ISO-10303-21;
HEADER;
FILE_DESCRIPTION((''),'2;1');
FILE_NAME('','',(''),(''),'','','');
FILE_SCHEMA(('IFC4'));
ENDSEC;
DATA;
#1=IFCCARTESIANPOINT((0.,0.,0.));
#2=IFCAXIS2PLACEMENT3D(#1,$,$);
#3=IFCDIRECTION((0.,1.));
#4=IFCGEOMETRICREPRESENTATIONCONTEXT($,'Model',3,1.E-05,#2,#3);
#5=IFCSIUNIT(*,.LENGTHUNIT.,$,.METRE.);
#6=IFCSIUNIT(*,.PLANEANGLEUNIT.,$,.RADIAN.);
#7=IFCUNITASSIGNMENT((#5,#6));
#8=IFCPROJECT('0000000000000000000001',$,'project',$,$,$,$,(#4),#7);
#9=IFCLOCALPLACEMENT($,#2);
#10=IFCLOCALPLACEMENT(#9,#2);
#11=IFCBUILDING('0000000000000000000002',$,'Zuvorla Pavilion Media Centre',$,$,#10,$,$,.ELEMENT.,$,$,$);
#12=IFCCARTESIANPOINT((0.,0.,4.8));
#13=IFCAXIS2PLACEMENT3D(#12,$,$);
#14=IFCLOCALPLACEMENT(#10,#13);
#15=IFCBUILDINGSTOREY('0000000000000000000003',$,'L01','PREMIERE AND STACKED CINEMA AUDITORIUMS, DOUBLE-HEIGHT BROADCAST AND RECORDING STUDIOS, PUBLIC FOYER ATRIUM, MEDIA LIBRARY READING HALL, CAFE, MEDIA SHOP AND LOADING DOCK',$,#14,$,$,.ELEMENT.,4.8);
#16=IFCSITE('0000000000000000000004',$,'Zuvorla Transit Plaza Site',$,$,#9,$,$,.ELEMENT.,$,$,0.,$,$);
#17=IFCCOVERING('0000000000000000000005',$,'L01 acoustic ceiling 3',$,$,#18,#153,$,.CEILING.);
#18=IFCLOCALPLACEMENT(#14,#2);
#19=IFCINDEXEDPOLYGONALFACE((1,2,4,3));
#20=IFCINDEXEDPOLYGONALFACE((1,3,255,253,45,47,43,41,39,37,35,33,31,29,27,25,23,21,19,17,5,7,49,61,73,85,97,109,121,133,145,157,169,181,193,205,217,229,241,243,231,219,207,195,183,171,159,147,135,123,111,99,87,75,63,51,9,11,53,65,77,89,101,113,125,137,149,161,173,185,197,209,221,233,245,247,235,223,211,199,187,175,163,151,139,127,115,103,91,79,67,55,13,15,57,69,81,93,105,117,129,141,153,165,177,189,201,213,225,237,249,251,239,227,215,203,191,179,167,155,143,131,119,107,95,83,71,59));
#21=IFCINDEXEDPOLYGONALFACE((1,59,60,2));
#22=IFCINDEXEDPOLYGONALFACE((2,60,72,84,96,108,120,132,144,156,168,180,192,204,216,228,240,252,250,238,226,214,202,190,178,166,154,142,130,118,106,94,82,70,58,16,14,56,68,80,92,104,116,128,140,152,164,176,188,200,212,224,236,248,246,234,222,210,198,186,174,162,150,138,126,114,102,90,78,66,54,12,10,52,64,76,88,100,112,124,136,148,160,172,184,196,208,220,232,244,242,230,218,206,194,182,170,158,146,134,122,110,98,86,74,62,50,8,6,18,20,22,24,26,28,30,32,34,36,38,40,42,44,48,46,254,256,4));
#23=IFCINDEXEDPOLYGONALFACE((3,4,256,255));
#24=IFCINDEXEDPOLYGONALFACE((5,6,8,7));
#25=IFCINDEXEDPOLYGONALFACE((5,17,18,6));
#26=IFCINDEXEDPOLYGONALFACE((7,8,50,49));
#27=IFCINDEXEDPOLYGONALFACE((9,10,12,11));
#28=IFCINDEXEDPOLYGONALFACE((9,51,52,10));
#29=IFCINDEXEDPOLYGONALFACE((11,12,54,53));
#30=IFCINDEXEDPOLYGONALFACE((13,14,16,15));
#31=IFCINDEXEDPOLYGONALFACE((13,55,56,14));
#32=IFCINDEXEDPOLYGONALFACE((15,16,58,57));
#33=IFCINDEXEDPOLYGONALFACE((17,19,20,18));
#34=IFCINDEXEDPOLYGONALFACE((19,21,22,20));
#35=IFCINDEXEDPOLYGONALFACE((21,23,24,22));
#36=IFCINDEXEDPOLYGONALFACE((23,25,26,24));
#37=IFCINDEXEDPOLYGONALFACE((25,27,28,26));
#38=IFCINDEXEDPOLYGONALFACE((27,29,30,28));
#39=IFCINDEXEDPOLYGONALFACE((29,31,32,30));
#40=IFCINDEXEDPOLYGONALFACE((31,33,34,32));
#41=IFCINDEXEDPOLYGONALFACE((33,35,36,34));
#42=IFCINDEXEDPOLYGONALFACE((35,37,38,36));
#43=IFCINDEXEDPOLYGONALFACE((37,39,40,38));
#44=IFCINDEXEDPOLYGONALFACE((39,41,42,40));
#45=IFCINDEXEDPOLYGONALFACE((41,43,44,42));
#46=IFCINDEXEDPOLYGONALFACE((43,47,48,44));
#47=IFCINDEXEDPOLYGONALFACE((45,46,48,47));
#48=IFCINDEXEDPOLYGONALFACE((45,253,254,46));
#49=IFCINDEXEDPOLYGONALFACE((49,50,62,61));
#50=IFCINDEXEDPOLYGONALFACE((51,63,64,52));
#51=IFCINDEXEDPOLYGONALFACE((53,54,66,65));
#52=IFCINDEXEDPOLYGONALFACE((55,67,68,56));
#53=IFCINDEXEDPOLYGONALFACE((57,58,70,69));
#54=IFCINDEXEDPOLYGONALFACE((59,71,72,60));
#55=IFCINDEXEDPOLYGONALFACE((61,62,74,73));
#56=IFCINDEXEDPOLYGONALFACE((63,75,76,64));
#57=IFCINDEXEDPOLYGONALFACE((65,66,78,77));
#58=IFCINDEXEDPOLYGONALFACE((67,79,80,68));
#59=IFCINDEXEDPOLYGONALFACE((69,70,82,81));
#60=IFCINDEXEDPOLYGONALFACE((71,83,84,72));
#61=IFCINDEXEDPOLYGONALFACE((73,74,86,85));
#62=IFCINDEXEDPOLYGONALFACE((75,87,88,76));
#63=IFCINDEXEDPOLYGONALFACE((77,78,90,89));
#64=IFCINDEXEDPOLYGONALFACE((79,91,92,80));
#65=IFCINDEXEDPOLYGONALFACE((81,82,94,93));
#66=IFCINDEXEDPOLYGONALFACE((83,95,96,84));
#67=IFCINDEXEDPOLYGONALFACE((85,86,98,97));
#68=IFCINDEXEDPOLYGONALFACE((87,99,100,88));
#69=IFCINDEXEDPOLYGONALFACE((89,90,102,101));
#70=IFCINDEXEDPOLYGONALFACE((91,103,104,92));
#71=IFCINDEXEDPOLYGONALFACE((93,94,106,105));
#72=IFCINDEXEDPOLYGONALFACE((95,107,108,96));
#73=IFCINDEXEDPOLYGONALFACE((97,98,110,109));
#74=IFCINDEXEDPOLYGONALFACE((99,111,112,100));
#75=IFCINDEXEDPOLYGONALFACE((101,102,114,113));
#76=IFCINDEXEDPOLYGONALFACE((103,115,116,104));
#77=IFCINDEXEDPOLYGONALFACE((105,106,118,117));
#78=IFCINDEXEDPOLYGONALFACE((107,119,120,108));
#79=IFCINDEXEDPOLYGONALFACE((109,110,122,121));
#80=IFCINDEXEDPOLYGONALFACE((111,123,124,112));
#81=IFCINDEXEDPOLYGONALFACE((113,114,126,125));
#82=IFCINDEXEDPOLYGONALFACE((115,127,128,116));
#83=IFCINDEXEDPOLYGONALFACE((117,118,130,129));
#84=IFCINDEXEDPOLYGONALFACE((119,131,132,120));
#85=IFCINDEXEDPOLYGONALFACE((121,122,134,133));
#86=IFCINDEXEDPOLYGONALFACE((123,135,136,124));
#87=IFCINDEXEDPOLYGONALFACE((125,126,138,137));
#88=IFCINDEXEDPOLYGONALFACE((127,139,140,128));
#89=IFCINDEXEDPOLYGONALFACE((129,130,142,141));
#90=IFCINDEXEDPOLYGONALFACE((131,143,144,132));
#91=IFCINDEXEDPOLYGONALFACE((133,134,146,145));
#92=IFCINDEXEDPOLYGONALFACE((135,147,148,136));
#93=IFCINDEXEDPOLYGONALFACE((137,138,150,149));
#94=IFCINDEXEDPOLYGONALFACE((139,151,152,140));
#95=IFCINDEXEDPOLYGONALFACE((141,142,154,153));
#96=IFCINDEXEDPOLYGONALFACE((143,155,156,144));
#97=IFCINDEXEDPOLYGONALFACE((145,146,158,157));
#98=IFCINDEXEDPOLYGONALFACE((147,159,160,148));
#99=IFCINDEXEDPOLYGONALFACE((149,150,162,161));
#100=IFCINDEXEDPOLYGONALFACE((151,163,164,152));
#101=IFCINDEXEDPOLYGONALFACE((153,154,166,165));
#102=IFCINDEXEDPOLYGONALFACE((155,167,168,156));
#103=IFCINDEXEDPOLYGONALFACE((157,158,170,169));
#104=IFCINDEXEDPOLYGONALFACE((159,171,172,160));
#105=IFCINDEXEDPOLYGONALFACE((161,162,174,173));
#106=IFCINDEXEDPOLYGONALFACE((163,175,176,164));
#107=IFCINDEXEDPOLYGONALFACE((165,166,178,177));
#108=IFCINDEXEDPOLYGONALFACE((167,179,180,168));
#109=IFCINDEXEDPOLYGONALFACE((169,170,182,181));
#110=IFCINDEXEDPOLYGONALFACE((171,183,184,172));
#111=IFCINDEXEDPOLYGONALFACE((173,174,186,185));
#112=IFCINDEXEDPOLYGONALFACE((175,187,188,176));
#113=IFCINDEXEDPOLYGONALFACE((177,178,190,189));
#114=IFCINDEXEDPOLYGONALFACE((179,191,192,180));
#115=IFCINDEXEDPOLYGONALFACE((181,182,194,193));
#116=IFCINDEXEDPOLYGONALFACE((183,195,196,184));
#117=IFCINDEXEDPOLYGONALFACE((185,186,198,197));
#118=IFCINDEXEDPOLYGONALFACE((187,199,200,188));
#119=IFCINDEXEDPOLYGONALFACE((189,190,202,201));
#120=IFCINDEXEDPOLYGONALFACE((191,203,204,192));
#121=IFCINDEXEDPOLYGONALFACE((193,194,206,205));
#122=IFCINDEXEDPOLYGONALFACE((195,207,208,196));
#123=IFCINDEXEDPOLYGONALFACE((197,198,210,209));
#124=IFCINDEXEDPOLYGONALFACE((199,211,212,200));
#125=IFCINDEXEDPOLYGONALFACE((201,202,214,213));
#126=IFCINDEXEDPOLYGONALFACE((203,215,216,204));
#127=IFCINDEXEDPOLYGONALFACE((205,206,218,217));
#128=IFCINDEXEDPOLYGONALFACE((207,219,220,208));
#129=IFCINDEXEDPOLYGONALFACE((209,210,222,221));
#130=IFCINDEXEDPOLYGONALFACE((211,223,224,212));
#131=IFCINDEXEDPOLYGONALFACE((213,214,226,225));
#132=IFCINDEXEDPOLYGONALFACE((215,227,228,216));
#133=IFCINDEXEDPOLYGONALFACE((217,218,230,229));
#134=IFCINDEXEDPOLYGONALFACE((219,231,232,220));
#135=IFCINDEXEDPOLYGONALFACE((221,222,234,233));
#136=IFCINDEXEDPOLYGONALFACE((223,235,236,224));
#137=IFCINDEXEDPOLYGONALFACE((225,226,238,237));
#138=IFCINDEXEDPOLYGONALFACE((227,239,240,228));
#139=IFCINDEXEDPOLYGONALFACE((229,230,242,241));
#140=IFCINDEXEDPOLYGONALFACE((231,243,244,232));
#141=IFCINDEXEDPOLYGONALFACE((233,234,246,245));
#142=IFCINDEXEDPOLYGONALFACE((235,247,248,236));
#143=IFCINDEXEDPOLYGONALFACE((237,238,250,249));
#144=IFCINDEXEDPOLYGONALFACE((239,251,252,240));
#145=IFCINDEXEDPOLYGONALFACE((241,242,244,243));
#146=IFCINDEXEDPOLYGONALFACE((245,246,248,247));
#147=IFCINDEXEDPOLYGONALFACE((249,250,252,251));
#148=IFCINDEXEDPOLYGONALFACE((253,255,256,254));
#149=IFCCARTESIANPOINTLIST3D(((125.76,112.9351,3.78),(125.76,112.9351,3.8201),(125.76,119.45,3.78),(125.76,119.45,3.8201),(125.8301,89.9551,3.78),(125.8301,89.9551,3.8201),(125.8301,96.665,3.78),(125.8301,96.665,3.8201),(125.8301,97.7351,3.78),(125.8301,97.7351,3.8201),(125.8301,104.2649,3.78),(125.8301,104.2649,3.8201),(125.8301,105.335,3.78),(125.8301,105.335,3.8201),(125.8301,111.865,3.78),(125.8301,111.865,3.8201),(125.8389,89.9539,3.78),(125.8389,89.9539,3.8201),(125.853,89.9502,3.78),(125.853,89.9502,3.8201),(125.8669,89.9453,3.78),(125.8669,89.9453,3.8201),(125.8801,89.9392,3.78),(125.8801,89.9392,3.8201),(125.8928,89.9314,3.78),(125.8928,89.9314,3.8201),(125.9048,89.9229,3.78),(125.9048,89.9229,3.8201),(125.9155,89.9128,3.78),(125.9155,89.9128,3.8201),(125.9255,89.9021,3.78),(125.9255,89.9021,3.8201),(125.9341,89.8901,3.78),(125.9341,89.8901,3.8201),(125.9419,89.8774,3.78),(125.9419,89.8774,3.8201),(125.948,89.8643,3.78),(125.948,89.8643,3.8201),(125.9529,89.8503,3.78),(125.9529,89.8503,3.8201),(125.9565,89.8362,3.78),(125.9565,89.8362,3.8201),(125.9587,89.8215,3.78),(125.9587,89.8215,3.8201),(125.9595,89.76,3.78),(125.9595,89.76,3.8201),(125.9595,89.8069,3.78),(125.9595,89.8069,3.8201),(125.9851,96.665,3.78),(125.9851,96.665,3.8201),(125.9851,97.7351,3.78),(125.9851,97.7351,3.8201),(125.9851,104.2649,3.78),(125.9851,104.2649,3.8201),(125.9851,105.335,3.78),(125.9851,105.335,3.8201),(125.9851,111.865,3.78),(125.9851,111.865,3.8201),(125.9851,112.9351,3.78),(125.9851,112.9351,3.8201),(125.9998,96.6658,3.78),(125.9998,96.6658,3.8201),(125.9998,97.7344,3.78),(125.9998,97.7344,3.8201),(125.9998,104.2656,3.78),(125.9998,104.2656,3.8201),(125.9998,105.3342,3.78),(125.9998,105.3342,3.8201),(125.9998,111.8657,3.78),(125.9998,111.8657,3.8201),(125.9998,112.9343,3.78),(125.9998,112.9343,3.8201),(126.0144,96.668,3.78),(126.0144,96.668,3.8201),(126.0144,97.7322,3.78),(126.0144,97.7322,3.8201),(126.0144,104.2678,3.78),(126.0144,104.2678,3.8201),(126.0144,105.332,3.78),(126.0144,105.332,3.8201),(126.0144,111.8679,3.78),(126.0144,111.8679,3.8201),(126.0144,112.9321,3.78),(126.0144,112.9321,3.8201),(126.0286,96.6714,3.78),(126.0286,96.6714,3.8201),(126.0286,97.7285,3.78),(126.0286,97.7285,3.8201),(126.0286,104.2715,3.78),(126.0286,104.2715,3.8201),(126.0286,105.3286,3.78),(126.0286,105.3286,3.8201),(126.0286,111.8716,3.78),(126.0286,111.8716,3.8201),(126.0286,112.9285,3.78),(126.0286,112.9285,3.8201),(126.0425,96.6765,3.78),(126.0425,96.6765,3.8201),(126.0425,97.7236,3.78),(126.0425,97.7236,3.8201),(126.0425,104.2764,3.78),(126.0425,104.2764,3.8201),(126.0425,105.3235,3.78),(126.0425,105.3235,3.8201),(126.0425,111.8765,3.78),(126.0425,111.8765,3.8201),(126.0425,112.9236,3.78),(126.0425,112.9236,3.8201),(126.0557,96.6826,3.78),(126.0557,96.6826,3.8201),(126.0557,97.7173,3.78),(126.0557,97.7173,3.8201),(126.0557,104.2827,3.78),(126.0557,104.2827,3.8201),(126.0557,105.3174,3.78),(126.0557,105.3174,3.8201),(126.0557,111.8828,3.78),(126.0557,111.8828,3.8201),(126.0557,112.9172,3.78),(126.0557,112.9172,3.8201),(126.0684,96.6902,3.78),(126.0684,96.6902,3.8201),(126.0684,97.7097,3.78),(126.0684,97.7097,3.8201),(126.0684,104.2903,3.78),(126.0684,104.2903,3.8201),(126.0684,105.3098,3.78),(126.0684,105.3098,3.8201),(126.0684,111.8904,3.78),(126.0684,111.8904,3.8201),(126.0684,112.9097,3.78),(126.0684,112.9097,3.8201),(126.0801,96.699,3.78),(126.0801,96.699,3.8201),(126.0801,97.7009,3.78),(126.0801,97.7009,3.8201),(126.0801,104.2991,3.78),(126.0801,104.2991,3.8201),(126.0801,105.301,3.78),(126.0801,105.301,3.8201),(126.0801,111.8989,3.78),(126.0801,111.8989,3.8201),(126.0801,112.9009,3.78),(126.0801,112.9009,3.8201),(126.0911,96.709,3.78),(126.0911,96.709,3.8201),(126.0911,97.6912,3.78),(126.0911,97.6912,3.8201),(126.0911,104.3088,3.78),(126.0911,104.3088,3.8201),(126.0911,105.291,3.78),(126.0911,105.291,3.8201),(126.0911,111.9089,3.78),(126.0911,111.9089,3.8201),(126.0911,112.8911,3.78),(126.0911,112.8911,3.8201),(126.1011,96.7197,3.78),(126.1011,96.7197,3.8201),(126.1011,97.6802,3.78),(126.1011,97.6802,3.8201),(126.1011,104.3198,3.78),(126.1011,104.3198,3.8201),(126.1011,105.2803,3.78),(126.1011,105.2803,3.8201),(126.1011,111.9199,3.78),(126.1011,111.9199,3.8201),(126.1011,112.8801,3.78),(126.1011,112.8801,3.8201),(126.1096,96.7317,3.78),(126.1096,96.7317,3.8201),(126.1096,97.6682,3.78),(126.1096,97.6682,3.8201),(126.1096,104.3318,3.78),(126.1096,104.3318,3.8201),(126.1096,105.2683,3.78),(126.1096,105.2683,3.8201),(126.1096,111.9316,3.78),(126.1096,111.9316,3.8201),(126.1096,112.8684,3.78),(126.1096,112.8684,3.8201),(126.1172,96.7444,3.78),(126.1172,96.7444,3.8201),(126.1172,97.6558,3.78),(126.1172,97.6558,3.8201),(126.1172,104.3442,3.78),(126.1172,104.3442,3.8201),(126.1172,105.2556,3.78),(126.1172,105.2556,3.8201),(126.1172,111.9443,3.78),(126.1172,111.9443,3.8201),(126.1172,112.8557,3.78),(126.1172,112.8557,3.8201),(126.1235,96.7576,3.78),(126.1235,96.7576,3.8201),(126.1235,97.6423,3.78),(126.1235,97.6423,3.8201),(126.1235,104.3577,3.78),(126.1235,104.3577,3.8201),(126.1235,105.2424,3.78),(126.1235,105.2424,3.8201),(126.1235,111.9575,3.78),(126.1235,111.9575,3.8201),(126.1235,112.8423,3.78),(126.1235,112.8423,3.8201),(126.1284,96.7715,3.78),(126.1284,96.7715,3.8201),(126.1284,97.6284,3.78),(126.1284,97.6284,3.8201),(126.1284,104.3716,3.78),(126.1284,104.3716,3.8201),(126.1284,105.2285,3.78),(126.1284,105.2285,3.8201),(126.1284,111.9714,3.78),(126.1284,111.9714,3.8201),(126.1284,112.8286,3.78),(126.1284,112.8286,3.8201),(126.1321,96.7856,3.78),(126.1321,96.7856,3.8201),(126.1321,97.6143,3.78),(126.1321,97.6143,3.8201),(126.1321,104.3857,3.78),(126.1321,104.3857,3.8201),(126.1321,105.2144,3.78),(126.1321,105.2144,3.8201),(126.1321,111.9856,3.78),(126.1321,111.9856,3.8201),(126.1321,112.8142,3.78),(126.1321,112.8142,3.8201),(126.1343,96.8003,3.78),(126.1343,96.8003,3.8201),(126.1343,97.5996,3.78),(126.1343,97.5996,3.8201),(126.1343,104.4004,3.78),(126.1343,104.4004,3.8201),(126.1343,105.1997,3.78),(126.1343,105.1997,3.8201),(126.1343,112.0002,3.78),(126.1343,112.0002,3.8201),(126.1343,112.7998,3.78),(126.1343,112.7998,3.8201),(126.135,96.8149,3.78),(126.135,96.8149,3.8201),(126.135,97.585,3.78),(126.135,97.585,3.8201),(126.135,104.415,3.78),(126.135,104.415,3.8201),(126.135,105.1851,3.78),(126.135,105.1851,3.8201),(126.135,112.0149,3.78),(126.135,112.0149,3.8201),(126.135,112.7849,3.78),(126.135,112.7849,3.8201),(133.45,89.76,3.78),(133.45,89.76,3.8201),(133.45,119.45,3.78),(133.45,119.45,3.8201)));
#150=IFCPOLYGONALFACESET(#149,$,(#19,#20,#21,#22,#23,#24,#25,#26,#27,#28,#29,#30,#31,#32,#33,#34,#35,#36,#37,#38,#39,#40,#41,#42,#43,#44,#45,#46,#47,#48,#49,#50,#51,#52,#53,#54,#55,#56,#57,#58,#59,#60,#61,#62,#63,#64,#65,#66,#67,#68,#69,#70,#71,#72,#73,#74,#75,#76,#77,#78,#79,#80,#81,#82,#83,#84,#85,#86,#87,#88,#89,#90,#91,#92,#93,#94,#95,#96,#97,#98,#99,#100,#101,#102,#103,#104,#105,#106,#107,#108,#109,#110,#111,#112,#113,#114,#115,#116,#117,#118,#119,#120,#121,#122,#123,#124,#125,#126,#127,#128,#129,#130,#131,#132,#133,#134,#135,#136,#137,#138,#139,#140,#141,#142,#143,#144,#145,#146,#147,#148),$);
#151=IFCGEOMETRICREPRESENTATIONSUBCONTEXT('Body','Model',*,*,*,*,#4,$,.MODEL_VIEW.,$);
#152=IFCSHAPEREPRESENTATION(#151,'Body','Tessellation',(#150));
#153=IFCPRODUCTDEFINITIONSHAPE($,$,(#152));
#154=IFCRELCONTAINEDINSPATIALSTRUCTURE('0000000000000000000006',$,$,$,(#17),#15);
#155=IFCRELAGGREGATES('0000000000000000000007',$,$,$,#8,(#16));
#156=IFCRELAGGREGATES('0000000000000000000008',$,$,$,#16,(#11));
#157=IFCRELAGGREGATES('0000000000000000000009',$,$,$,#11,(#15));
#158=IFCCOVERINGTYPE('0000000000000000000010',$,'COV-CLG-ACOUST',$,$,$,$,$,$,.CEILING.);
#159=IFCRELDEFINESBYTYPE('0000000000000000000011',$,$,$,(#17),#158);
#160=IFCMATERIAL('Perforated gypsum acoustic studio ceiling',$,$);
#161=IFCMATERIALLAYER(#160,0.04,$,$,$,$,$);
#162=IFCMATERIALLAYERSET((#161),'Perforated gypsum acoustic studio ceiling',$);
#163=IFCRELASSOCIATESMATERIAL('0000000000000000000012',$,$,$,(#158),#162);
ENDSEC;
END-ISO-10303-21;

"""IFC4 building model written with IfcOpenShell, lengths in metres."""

from ifc_helpers import new_model, si_unit, direction, frame, origin, place, context, subcontext, project, spatial, polyline, outline, extrude, material, layer, layer_set, type_object, element, save


model = new_model("IFC4")

# Units and contexts
model_context = context("Model", 3, precision=1e-05, world=origin(), true_north=direction((0.0, 1.0)))
body_context = subcontext(model_context, "Body", "Model", "MODEL_VIEW")
ifc_project = project(units=[si_unit("LENGTHUNIT", "METRE"), si_unit("PLANEANGLEUNIT", "RADIAN")], contexts=[model_context])

# Site, building, storey
site_placement = place(None, origin())
site = spatial("IfcSite", under=ifc_project, at=site_placement, Name="Zuvorla Transit Plaza Site", CompositionType="ELEMENT", RefElevation=0.0)
building_placement = place(site_placement, origin())
building = spatial("IfcBuilding", under=site, at=building_placement, Name="Zuvorla Pavilion Media Centre", CompositionType="ELEMENT")
storey_placement = place(building_placement, frame((0.0, 0.0, 4.8)))
storey = spatial("IfcBuildingStorey", under=building, at=storey_placement, Name="L01", Description="PREMIERE AND STACKED CINEMA AUDITORIUMS, DOUBLE-HEIGHT BROADCAST AND RECORDING STUDIOS, PUBLIC FOYER ATRIUM, MEDIA LIBRARY READING HALL, CAFE, MEDIA SHOP AND LOADING DOCK", CompositionType="ELEMENT", Elevation=4.8)

# Covering
ifc_material_1 = material(Name="Perforated gypsum acoustic studio ceiling")
ifc_layer_1 = layer(ifc_material_1, 0.04)
ifc_layer_set_1 = layer_set([ifc_layer_1], Name="Perforated gypsum acoustic studio ceiling")
covering_type_1 = type_object("IfcCoveringType", Name="COV-CLG-ACOUST", PredefinedType="CEILING", material=ifc_layer_set_1)
covering_1_placement = place(storey_placement, frame((0.0, 0.0, 3.78)))
element("IfcCovering", 1, at=covering_1_placement, inside=storey, type_object=covering_type_1, Name="L01 acoustic ceiling 3", PredefinedType="CEILING", context=body_context, shape_type="SweptSolid", body=[
    extrude(outline(polyline([(125.8301, 89.9551), (125.8301, 96.665), (125.9851, 96.665), (125.9998, 96.6658), (126.0144, 96.668), (126.0286, 96.6714), (126.0425, 96.6765), (126.0557, 96.6826), (126.0684, 96.6902), (126.0801, 96.699), (126.0911, 96.709), (126.1011, 96.7197), (126.1096, 96.7317), (126.1172, 96.7444), (126.1235, 96.7576), (126.1284, 96.7715), (126.1321, 96.7856), (126.1343, 96.8003), (126.135, 96.8149), (126.135, 97.585), (126.1343, 97.5996), (126.1321, 97.6143), (126.1284, 97.6284), (126.1235, 97.6423), (126.1172, 97.6558), (126.1096, 97.6682), (126.1011, 97.6802), (126.0911, 97.6912), (126.0801, 97.7009), (126.0684, 97.7097), (126.0557, 97.7173), (126.0425, 97.7236), (126.0286, 97.7285), (126.0144, 97.7322), (125.9998, 97.7344), (125.9851, 97.7351), (125.8301, 97.7351), (125.8301, 104.2649), (125.9851, 104.2649), (125.9998, 104.2656), (126.0144, 104.2678), (126.0286, 104.2715), (126.0425, 104.2764), (126.0557, 104.2827), (126.0684, 104.2903), (126.0801, 104.2991), (126.0911, 104.3088), (126.1011, 104.3198), (126.1096, 104.3318), (126.1172, 104.3442), (126.1235, 104.3577), (126.1284, 104.3716), (126.1321, 104.3857), (126.1343, 104.4004), (126.135, 104.415), (126.135, 105.1851), (126.1343, 105.1997), (126.1321, 105.2144), (126.1284, 105.2285), (126.1235, 105.2424), (126.1172, 105.2556), (126.1096, 105.2683), (126.1011, 105.2803), (126.0911, 105.291), (126.0801, 105.301), (126.0684, 105.3098), (126.0557, 105.3174), (126.0425, 105.3235), (126.0286, 105.3286), (126.0144, 105.332), (125.9998, 105.3342), (125.9851, 105.335), (125.8301, 105.335), (125.8301, 111.865), (125.9851, 111.865), (125.9998, 111.8657), (126.0144, 111.8679), (126.0286, 111.8716), (126.0425, 111.8765), (126.0557, 111.8828), (126.0684, 111.8904), (126.0801, 111.8989), (126.0911, 111.9089), (126.1011, 111.9199), (126.1096, 111.9316), (126.1172, 111.9443), (126.1235, 111.9575), (126.1284, 111.9714), (126.1321, 111.9856), (126.1343, 112.0002), (126.135, 112.0149), (126.135, 112.7849), (126.1343, 112.7998), (126.1321, 112.8142), (126.1284, 112.8286), (126.1235, 112.8423), (126.1172, 112.8557), (126.1096, 112.8684), (126.1011, 112.8801), (126.0911, 112.8911), (126.0801, 112.9009), (126.0684, 112.9097), (126.0557, 112.9172), (126.0425, 112.9236), (126.0286, 112.9285), (126.0144, 112.9321), (125.9998, 112.9343), (125.9851, 112.9351), (125.76, 112.9351), (125.76, 119.45), (133.45, 119.45), (133.45, 89.76), (125.9595, 89.76), (125.9595, 89.8069), (125.9587, 89.8215), (125.9565, 89.8362), (125.9529, 89.8503), (125.948, 89.8643), (125.9419, 89.8774), (125.9341, 89.8901), (125.9255, 89.9021), (125.9155, 89.9128), (125.9048, 89.9229), (125.8928, 89.9314), (125.8801, 89.9392), (125.8669, 89.9453), (125.853, 89.9502), (125.8389, 89.9539), (125.8301, 89.9551)])), origin(), (0.0, 0.0, 1.0), 0.04),
])

save(model, "model.ifc")
